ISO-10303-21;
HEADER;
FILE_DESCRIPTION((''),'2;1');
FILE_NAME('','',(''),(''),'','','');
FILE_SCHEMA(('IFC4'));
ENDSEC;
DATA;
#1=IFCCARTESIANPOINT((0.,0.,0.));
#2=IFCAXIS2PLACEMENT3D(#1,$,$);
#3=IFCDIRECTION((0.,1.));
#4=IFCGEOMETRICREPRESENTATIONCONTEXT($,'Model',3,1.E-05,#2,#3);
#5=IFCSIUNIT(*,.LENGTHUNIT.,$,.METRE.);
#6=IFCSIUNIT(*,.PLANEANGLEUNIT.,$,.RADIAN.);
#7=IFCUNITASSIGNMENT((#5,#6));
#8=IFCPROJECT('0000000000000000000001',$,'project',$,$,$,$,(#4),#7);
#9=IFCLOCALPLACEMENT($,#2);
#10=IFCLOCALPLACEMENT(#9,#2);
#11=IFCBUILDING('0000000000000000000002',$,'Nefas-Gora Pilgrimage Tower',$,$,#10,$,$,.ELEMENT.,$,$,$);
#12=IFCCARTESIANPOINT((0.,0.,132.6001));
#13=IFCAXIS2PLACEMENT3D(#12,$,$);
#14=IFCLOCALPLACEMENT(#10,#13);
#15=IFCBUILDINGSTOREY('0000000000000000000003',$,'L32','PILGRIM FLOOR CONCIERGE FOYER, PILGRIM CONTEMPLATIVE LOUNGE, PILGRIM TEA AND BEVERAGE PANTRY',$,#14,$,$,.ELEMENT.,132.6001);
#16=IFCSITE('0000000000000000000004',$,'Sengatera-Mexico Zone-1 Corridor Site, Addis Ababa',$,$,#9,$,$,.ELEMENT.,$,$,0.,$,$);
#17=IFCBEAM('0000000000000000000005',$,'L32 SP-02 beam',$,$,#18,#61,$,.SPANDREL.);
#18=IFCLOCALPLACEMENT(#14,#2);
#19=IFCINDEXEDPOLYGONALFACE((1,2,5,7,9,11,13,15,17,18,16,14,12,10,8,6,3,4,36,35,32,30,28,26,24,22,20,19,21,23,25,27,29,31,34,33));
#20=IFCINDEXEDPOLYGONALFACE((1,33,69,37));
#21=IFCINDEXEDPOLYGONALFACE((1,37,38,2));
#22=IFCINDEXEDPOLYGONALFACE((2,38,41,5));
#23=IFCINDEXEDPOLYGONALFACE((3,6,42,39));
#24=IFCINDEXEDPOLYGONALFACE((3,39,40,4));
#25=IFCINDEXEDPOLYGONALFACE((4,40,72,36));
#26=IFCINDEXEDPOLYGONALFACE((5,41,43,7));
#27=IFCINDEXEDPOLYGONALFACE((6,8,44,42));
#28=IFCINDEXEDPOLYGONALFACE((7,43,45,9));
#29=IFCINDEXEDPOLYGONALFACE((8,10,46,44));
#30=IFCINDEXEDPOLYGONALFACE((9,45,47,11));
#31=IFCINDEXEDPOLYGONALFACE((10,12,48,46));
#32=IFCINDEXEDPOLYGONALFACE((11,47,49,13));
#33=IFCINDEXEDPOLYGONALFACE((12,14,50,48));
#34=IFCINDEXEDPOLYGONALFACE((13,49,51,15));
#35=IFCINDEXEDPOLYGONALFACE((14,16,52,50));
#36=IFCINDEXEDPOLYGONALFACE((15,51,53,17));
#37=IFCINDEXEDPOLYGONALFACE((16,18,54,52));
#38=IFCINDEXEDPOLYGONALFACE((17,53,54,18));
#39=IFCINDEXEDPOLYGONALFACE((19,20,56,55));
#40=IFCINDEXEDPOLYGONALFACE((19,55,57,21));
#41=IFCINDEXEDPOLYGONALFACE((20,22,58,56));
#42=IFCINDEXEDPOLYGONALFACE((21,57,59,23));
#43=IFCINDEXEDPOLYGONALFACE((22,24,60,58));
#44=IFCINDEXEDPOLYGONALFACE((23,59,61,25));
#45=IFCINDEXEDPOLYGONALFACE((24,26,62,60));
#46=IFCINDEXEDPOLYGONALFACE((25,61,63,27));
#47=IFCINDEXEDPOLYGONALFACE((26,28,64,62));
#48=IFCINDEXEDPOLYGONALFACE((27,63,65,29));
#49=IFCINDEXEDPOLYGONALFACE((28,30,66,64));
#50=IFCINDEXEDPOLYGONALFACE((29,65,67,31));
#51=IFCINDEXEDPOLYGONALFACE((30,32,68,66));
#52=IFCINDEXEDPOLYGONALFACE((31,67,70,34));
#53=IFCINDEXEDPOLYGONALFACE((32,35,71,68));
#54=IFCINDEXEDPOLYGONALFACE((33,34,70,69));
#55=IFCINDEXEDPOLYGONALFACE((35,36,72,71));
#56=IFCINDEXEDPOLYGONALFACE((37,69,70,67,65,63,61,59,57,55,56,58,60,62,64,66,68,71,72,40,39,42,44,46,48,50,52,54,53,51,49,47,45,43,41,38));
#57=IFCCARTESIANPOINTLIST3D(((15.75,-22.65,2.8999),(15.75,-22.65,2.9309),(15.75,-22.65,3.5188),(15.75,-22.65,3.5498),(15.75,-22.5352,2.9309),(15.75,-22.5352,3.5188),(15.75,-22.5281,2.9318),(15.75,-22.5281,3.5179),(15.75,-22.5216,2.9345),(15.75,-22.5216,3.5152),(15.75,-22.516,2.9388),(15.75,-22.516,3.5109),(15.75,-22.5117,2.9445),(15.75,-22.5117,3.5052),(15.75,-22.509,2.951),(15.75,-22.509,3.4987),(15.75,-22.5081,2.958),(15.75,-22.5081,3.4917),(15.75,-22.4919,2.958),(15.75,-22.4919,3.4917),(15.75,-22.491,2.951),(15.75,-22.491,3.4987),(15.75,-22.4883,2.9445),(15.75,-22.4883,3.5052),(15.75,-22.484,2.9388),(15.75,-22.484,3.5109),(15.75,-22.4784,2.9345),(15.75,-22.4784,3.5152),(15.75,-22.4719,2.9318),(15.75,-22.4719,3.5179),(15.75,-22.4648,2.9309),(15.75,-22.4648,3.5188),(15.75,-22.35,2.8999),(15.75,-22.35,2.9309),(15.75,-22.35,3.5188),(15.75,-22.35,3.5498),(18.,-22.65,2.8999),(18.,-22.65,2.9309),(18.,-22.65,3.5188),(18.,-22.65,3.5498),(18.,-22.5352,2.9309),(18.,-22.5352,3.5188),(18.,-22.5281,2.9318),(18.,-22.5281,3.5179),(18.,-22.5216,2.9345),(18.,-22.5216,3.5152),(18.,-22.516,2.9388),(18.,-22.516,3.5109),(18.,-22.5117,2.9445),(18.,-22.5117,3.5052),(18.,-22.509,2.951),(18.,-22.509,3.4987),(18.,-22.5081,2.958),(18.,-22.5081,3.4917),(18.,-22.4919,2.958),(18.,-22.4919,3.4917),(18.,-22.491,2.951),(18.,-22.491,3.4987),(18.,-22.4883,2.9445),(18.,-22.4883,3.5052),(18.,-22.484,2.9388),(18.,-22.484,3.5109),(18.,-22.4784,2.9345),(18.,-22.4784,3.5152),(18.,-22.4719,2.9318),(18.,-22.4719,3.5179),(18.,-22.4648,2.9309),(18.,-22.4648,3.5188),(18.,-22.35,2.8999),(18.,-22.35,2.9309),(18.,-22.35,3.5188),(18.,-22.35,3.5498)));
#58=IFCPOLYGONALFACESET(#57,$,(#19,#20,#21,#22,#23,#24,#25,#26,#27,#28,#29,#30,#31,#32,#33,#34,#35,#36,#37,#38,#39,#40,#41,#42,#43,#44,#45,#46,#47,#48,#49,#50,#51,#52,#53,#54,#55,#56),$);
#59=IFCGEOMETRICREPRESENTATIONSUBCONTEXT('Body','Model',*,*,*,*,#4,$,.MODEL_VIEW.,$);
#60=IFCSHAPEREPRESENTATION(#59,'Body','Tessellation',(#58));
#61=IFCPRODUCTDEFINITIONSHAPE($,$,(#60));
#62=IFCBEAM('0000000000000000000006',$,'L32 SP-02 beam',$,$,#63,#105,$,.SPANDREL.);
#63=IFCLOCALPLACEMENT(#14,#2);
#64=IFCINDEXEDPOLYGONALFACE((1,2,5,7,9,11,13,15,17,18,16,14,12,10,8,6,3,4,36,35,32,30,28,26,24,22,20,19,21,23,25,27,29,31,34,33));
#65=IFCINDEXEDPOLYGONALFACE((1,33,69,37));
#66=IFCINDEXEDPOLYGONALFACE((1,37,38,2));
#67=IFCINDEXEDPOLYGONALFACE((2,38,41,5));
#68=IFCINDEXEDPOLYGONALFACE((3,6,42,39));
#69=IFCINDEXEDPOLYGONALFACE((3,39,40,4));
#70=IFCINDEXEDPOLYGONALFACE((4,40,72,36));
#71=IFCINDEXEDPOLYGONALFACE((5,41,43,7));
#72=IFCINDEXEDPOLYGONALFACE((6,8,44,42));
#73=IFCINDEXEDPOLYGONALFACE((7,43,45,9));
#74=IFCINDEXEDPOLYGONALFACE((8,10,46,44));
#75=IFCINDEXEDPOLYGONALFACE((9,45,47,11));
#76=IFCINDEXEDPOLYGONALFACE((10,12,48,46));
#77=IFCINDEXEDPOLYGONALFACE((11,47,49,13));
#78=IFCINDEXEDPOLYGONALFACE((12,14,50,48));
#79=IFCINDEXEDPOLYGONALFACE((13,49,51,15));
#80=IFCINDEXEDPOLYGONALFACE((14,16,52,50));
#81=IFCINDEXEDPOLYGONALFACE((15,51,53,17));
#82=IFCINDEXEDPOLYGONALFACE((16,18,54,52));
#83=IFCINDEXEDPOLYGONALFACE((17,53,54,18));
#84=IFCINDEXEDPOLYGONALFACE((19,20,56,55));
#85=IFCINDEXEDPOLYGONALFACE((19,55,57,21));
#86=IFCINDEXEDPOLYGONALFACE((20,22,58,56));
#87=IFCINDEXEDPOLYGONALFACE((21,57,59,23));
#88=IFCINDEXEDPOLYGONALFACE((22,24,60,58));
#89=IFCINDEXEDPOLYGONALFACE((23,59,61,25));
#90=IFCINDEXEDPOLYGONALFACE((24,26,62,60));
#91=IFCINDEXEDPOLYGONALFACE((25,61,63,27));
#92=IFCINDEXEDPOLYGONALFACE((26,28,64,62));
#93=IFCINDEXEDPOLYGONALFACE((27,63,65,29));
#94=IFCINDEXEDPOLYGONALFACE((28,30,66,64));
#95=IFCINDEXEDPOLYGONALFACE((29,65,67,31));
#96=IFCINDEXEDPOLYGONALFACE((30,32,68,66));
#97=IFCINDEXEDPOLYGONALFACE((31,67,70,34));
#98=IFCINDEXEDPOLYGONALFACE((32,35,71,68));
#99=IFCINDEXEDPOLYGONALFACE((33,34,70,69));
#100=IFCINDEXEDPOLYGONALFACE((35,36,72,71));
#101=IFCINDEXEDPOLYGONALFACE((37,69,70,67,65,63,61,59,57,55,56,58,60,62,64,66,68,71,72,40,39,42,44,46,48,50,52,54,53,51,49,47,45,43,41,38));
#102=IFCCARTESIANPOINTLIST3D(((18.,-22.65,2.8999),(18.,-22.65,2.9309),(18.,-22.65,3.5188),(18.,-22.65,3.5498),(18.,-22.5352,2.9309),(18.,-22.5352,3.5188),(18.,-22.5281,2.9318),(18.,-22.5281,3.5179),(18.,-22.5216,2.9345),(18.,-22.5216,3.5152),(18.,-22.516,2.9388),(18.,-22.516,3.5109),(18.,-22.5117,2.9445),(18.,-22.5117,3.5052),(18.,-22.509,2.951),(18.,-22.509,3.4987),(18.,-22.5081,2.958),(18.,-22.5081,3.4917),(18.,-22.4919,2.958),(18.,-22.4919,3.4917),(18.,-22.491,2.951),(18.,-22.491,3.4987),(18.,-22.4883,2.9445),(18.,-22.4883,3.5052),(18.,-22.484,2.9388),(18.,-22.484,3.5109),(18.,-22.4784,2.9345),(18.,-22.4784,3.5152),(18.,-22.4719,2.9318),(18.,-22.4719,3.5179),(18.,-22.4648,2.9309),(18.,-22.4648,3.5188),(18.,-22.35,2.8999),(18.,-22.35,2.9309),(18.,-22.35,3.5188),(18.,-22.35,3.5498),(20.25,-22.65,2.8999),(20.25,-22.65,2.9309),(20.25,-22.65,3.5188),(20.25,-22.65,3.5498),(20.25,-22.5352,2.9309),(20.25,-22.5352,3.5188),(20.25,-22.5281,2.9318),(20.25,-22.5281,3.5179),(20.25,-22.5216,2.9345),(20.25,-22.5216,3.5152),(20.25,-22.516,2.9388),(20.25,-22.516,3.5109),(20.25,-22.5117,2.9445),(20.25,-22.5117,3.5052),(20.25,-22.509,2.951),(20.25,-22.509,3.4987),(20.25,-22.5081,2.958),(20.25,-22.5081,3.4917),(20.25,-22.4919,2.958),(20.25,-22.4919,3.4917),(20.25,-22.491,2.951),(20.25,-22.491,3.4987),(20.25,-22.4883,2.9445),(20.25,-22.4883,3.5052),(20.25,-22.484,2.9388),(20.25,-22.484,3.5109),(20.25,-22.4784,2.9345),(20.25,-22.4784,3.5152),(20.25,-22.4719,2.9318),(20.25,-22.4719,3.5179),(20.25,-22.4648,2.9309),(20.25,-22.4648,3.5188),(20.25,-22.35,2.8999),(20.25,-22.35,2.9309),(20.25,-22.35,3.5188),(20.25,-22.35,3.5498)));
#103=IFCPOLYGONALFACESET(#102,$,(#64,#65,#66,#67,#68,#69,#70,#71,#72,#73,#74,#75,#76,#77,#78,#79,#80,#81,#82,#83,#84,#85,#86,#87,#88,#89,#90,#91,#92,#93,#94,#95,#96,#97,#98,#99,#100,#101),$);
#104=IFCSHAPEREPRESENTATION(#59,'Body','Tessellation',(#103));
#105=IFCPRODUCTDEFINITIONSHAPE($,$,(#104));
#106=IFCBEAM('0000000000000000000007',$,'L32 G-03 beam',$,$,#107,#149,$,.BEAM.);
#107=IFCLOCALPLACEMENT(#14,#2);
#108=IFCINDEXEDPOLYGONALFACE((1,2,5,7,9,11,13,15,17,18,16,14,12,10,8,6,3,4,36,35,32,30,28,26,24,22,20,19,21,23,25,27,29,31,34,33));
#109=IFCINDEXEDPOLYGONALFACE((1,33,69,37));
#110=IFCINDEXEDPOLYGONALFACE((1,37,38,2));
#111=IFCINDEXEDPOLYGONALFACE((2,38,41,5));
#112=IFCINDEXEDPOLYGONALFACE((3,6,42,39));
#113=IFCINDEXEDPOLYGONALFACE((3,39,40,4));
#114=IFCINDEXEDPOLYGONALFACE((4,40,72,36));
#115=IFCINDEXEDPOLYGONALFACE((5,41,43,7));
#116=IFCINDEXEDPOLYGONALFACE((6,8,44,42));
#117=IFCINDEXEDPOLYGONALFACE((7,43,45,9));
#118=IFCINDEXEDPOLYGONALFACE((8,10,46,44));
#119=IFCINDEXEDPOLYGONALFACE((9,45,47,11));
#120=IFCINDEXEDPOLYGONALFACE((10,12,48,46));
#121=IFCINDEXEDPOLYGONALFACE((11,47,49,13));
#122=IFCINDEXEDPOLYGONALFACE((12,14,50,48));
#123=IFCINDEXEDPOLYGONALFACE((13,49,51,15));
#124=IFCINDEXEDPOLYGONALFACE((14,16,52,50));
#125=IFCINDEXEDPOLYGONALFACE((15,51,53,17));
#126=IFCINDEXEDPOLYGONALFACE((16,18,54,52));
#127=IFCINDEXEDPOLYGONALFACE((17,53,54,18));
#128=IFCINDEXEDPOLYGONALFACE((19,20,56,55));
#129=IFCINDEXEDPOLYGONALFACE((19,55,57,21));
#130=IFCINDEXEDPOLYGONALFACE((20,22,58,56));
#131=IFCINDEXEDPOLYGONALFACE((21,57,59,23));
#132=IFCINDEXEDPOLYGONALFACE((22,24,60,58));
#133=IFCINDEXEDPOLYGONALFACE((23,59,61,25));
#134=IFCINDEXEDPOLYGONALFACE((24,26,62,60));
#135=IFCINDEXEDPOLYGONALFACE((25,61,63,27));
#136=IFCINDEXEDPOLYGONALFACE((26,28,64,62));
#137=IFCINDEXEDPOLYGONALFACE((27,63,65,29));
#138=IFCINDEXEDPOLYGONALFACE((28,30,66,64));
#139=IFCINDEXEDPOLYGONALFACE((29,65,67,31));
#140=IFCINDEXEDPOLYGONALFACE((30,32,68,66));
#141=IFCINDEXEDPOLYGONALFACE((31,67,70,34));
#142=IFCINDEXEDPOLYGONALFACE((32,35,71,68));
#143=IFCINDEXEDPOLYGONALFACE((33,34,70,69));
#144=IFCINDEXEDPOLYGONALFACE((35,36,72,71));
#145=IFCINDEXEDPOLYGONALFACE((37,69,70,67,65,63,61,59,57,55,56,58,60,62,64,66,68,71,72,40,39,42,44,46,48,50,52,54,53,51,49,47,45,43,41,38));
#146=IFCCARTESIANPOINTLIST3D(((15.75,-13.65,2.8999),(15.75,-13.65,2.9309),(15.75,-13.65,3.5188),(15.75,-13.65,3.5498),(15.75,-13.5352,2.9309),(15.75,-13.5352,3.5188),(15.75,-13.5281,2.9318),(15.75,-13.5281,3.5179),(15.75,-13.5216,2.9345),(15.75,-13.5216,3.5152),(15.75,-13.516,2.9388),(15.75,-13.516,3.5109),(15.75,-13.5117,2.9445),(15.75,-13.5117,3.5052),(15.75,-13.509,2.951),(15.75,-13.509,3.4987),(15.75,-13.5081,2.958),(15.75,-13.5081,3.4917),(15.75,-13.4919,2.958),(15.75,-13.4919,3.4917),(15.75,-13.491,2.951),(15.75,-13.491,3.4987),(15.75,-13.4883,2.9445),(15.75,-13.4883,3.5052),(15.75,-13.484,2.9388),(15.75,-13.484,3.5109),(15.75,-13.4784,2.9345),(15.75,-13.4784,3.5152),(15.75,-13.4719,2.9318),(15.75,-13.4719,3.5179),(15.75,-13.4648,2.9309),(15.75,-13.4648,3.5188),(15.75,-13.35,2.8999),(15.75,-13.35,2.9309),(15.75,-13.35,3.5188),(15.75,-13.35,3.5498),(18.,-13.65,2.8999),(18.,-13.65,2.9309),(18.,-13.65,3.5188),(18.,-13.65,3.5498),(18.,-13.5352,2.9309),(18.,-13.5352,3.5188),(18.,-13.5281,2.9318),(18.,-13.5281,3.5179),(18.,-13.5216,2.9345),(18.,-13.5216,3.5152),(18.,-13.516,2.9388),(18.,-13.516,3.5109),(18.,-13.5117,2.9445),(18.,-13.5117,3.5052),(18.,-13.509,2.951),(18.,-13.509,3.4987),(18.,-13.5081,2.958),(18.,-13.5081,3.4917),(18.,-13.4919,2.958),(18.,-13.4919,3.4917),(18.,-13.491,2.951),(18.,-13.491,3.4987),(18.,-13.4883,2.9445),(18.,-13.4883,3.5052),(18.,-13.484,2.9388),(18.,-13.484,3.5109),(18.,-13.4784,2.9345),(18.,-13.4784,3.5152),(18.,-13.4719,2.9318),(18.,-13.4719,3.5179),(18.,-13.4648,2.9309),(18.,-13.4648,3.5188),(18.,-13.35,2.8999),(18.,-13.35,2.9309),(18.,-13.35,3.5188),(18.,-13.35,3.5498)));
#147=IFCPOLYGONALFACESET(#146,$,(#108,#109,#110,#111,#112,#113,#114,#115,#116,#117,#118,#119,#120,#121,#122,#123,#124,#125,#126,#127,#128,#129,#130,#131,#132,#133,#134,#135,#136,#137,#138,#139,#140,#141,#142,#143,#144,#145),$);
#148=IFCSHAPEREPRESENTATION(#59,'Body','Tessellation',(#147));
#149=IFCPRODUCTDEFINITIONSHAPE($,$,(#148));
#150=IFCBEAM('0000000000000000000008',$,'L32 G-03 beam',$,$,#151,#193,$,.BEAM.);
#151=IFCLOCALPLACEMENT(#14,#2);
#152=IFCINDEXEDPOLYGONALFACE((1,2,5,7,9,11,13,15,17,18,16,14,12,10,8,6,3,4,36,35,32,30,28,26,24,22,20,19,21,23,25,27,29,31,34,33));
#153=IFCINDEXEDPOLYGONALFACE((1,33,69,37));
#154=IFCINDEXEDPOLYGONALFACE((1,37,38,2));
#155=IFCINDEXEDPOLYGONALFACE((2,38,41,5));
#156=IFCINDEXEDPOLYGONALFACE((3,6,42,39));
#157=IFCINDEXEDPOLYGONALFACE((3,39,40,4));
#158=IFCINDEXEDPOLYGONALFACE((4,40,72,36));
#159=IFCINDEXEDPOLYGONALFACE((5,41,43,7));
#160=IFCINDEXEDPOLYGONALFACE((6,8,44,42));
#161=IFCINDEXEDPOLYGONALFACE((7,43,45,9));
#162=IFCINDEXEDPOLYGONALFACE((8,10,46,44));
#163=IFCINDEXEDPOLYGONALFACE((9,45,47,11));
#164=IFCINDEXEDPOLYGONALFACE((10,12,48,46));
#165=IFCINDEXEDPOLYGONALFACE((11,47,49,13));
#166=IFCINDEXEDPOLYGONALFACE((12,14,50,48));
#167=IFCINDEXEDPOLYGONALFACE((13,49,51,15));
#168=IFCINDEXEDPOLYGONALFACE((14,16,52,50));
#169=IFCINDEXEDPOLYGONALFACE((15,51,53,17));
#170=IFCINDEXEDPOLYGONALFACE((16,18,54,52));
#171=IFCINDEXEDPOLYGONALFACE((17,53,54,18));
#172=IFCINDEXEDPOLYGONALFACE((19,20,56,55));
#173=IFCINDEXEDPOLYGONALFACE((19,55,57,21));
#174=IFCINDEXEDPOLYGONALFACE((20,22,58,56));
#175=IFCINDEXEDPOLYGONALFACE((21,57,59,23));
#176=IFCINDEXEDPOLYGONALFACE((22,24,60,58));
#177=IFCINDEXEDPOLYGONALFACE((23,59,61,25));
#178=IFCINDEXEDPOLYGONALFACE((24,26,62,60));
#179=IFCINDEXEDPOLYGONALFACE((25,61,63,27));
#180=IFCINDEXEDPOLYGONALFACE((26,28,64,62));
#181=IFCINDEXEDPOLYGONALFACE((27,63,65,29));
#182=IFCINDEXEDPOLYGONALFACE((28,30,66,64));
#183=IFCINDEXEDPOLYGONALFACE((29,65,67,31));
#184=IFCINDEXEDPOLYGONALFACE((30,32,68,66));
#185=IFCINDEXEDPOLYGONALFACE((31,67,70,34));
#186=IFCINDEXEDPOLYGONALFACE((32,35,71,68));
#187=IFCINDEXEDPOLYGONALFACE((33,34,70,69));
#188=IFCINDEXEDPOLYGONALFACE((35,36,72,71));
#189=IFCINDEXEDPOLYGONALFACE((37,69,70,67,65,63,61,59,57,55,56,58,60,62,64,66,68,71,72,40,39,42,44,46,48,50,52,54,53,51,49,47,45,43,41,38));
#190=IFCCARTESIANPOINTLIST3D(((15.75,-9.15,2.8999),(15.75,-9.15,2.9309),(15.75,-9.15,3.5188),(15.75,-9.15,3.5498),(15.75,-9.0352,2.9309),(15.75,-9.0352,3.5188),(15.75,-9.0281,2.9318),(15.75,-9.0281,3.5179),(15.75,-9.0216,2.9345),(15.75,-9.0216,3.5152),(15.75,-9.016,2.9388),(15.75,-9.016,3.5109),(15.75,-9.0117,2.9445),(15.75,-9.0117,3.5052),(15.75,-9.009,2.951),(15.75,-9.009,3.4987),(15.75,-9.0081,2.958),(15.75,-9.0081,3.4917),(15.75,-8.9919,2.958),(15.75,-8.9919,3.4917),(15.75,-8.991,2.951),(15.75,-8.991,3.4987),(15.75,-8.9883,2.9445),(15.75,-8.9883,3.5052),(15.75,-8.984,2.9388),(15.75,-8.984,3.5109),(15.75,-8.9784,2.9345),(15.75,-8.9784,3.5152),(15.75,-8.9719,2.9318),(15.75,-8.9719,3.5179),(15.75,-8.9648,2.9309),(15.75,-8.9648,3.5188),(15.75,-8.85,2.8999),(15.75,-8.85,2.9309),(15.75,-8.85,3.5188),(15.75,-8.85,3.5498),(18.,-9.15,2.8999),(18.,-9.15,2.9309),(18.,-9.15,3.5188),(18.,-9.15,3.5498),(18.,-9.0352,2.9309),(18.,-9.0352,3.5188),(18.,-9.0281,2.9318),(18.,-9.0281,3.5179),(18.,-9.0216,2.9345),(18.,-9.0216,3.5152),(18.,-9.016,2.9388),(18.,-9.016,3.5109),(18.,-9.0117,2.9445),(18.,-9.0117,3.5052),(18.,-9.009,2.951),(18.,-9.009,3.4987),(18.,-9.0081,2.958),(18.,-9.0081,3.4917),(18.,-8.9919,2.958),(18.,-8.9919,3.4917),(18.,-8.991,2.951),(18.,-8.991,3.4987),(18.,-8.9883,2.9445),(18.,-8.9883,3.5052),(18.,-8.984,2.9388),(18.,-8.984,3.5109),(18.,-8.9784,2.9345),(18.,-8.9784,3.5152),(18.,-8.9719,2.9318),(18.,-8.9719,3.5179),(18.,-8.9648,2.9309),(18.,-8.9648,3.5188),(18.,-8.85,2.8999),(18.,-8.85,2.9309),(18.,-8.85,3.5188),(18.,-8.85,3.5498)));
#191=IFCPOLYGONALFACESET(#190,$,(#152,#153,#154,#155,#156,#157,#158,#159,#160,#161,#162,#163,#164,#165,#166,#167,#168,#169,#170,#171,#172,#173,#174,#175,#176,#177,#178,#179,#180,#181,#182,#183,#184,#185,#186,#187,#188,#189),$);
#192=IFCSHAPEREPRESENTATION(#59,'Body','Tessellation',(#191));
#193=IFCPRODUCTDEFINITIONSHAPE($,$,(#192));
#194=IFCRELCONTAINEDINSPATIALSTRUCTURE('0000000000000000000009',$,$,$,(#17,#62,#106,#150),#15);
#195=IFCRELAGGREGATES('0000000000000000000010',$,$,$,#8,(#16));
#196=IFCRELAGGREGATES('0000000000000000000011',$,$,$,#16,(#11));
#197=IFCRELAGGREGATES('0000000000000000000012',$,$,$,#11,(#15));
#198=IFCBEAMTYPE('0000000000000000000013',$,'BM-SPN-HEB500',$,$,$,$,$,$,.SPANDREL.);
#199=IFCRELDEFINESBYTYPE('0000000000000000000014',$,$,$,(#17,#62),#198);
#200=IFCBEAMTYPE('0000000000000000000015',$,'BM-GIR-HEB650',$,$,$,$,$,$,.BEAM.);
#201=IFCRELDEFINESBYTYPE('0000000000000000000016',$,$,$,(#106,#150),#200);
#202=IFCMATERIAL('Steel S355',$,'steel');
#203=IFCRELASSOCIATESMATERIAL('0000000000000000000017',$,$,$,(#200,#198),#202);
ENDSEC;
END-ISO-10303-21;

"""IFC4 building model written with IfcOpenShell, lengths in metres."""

from ifc_helpers import new_model, si_unit, direction, frame, origin, origin_2d, place, context, subcontext, project, spatial, i_section, extrude, source, transform, mapped, material, material_profile, profile_set, type_object, element, save


model = new_model("IFC4")

# Units and contexts
model_context = context("Model", 3, precision=1e-05, world=origin(), true_north=direction((0.0, 1.0)))
body_context = subcontext(model_context, "Body", "Model", "MODEL_VIEW")
ifc_project = project(units=[si_unit("LENGTHUNIT", "METRE"), si_unit("PLANEANGLEUNIT", "RADIAN")], contexts=[model_context])

# Site, building, storey
site_placement = place(None, origin())
site = spatial("IfcSite", under=ifc_project, at=site_placement, Name="Sengatera-Mexico Zone-1 Corridor Site, Addis Ababa", CompositionType="ELEMENT", RefElevation=0.0)
building_placement = place(site_placement, origin())
building = spatial("IfcBuilding", under=site, at=building_placement, Name="Nefas-Gora Pilgrimage Tower", CompositionType="ELEMENT")
storey_placement = place(building_placement, frame((0.0, 0.0, 132.6001)))
storey = spatial("IfcBuildingStorey", under=building, at=storey_placement, Name="L32", Description="PILGRIM FLOOR CONCIERGE FOYER, PILGRIM CONTEMPLATIVE LOUNGE, PILGRIM TEA AND BEVERAGE PANTRY", CompositionType="ELEMENT", Elevation=132.6001)

# Beams
ifc_material_1 = material(Name="Steel S355", Category="steel")
ifc_material_profile_1 = material_profile(ifc_material_1, i_section(OverallWidth=0.3, OverallDepth=0.6499, WebThickness=0.0161, FlangeThickness=0.031, FilletRadius=0.0271, at=origin_2d()), Name="HEB 650")
ifc_profile_set_1 = profile_set([ifc_material_profile_1], Name="Steel S355")
beam_type_1 = type_object("IfcBeamType", Name="BM-GIR-HEB650", PredefinedType="BEAM", material=ifc_profile_set_1)
ifc_material_profile_2 = material_profile(ifc_material_1, i_section(OverallWidth=0.3, OverallDepth=0.6499, WebThickness=0.0161, FlangeThickness=0.031, FilletRadius=0.0271, at=origin_2d()), Name="HEB 650")
ifc_profile_set_2 = profile_set([ifc_material_profile_2], Name="Steel S355")
beam_type_2 = type_object("IfcBeamType", Name="BM-SPN-HEB500", PredefinedType="SPANDREL", material=ifc_profile_set_2)
shared_shape_1 = source(origin(), body_context, "Body", "SweptSolid", [
    extrude(i_section(OverallWidth=0.3, OverallDepth=0.6499, WebThickness=0.0161, FlangeThickness=0.031, FilletRadius=0.0271, at=origin_2d()), origin(), (0.0, 0.0, 1.0), 2.25),
])
for number, where, z_axis, x_axis, name in (
    (1, (15.75, -22.5, 3.2249), (1.0, 0.0, 0.0), (0.0, 1.0, 0.0), "L32 SP-02 beam"),
    (2, (18.0, -22.5, 3.2249), (1.0, 0.0, 0.0), (0.0, 1.0, 0.0), "L32 SP-02 beam"),
):
    element("IfcBeam", number, at=place(storey_placement, frame(where, z_axis=z_axis, x_axis=x_axis)), inside=storey, type_object=beam_type_2, Name=name, PredefinedType="SPANDREL", context=body_context, shape_type="MappedRepresentation", body=[
        mapped(shared_shape_1, transform((0.0, 0.0, 0.0), x_axis=(1.0, 0.0, 0.0), y_axis=(0.0, 1.0, 0.0), z_axis=(0.0, 0.0, 1.0), scale=1.0)),
    ])
shared_shape_2 = source(origin(), body_context, "Body", "SweptSolid", [
    extrude(i_section(OverallWidth=0.3, OverallDepth=0.6499, WebThickness=0.0161, FlangeThickness=0.031, FilletRadius=0.0271, at=origin_2d()), origin(), (0.0, 0.0, 1.0), 2.25),
])
for number, where, z_axis, x_axis, name in (
    (3, (15.75, -13.5, 3.2249), (1.0, 0.0, 0.0), (0.0, 1.0, 0.0), "L32 G-03 beam"),
    (4, (15.75, -9.0, 3.2249), (1.0, 0.0, 0.0), (0.0, 1.0, 0.0), "L32 G-03 beam"),
):
    element("IfcBeam", number, at=place(storey_placement, frame(where, z_axis=z_axis, x_axis=x_axis)), inside=storey, type_object=beam_type_1, Name=name, PredefinedType="BEAM", context=body_context, shape_type="MappedRepresentation", body=[
        mapped(shared_shape_2, transform((0.0, 0.0, 0.0), x_axis=(1.0, 0.0, 0.0), y_axis=(0.0, 1.0, 0.0), z_axis=(0.0, 0.0, 1.0), scale=1.0)),
    ])

save(model, "model.ifc")
